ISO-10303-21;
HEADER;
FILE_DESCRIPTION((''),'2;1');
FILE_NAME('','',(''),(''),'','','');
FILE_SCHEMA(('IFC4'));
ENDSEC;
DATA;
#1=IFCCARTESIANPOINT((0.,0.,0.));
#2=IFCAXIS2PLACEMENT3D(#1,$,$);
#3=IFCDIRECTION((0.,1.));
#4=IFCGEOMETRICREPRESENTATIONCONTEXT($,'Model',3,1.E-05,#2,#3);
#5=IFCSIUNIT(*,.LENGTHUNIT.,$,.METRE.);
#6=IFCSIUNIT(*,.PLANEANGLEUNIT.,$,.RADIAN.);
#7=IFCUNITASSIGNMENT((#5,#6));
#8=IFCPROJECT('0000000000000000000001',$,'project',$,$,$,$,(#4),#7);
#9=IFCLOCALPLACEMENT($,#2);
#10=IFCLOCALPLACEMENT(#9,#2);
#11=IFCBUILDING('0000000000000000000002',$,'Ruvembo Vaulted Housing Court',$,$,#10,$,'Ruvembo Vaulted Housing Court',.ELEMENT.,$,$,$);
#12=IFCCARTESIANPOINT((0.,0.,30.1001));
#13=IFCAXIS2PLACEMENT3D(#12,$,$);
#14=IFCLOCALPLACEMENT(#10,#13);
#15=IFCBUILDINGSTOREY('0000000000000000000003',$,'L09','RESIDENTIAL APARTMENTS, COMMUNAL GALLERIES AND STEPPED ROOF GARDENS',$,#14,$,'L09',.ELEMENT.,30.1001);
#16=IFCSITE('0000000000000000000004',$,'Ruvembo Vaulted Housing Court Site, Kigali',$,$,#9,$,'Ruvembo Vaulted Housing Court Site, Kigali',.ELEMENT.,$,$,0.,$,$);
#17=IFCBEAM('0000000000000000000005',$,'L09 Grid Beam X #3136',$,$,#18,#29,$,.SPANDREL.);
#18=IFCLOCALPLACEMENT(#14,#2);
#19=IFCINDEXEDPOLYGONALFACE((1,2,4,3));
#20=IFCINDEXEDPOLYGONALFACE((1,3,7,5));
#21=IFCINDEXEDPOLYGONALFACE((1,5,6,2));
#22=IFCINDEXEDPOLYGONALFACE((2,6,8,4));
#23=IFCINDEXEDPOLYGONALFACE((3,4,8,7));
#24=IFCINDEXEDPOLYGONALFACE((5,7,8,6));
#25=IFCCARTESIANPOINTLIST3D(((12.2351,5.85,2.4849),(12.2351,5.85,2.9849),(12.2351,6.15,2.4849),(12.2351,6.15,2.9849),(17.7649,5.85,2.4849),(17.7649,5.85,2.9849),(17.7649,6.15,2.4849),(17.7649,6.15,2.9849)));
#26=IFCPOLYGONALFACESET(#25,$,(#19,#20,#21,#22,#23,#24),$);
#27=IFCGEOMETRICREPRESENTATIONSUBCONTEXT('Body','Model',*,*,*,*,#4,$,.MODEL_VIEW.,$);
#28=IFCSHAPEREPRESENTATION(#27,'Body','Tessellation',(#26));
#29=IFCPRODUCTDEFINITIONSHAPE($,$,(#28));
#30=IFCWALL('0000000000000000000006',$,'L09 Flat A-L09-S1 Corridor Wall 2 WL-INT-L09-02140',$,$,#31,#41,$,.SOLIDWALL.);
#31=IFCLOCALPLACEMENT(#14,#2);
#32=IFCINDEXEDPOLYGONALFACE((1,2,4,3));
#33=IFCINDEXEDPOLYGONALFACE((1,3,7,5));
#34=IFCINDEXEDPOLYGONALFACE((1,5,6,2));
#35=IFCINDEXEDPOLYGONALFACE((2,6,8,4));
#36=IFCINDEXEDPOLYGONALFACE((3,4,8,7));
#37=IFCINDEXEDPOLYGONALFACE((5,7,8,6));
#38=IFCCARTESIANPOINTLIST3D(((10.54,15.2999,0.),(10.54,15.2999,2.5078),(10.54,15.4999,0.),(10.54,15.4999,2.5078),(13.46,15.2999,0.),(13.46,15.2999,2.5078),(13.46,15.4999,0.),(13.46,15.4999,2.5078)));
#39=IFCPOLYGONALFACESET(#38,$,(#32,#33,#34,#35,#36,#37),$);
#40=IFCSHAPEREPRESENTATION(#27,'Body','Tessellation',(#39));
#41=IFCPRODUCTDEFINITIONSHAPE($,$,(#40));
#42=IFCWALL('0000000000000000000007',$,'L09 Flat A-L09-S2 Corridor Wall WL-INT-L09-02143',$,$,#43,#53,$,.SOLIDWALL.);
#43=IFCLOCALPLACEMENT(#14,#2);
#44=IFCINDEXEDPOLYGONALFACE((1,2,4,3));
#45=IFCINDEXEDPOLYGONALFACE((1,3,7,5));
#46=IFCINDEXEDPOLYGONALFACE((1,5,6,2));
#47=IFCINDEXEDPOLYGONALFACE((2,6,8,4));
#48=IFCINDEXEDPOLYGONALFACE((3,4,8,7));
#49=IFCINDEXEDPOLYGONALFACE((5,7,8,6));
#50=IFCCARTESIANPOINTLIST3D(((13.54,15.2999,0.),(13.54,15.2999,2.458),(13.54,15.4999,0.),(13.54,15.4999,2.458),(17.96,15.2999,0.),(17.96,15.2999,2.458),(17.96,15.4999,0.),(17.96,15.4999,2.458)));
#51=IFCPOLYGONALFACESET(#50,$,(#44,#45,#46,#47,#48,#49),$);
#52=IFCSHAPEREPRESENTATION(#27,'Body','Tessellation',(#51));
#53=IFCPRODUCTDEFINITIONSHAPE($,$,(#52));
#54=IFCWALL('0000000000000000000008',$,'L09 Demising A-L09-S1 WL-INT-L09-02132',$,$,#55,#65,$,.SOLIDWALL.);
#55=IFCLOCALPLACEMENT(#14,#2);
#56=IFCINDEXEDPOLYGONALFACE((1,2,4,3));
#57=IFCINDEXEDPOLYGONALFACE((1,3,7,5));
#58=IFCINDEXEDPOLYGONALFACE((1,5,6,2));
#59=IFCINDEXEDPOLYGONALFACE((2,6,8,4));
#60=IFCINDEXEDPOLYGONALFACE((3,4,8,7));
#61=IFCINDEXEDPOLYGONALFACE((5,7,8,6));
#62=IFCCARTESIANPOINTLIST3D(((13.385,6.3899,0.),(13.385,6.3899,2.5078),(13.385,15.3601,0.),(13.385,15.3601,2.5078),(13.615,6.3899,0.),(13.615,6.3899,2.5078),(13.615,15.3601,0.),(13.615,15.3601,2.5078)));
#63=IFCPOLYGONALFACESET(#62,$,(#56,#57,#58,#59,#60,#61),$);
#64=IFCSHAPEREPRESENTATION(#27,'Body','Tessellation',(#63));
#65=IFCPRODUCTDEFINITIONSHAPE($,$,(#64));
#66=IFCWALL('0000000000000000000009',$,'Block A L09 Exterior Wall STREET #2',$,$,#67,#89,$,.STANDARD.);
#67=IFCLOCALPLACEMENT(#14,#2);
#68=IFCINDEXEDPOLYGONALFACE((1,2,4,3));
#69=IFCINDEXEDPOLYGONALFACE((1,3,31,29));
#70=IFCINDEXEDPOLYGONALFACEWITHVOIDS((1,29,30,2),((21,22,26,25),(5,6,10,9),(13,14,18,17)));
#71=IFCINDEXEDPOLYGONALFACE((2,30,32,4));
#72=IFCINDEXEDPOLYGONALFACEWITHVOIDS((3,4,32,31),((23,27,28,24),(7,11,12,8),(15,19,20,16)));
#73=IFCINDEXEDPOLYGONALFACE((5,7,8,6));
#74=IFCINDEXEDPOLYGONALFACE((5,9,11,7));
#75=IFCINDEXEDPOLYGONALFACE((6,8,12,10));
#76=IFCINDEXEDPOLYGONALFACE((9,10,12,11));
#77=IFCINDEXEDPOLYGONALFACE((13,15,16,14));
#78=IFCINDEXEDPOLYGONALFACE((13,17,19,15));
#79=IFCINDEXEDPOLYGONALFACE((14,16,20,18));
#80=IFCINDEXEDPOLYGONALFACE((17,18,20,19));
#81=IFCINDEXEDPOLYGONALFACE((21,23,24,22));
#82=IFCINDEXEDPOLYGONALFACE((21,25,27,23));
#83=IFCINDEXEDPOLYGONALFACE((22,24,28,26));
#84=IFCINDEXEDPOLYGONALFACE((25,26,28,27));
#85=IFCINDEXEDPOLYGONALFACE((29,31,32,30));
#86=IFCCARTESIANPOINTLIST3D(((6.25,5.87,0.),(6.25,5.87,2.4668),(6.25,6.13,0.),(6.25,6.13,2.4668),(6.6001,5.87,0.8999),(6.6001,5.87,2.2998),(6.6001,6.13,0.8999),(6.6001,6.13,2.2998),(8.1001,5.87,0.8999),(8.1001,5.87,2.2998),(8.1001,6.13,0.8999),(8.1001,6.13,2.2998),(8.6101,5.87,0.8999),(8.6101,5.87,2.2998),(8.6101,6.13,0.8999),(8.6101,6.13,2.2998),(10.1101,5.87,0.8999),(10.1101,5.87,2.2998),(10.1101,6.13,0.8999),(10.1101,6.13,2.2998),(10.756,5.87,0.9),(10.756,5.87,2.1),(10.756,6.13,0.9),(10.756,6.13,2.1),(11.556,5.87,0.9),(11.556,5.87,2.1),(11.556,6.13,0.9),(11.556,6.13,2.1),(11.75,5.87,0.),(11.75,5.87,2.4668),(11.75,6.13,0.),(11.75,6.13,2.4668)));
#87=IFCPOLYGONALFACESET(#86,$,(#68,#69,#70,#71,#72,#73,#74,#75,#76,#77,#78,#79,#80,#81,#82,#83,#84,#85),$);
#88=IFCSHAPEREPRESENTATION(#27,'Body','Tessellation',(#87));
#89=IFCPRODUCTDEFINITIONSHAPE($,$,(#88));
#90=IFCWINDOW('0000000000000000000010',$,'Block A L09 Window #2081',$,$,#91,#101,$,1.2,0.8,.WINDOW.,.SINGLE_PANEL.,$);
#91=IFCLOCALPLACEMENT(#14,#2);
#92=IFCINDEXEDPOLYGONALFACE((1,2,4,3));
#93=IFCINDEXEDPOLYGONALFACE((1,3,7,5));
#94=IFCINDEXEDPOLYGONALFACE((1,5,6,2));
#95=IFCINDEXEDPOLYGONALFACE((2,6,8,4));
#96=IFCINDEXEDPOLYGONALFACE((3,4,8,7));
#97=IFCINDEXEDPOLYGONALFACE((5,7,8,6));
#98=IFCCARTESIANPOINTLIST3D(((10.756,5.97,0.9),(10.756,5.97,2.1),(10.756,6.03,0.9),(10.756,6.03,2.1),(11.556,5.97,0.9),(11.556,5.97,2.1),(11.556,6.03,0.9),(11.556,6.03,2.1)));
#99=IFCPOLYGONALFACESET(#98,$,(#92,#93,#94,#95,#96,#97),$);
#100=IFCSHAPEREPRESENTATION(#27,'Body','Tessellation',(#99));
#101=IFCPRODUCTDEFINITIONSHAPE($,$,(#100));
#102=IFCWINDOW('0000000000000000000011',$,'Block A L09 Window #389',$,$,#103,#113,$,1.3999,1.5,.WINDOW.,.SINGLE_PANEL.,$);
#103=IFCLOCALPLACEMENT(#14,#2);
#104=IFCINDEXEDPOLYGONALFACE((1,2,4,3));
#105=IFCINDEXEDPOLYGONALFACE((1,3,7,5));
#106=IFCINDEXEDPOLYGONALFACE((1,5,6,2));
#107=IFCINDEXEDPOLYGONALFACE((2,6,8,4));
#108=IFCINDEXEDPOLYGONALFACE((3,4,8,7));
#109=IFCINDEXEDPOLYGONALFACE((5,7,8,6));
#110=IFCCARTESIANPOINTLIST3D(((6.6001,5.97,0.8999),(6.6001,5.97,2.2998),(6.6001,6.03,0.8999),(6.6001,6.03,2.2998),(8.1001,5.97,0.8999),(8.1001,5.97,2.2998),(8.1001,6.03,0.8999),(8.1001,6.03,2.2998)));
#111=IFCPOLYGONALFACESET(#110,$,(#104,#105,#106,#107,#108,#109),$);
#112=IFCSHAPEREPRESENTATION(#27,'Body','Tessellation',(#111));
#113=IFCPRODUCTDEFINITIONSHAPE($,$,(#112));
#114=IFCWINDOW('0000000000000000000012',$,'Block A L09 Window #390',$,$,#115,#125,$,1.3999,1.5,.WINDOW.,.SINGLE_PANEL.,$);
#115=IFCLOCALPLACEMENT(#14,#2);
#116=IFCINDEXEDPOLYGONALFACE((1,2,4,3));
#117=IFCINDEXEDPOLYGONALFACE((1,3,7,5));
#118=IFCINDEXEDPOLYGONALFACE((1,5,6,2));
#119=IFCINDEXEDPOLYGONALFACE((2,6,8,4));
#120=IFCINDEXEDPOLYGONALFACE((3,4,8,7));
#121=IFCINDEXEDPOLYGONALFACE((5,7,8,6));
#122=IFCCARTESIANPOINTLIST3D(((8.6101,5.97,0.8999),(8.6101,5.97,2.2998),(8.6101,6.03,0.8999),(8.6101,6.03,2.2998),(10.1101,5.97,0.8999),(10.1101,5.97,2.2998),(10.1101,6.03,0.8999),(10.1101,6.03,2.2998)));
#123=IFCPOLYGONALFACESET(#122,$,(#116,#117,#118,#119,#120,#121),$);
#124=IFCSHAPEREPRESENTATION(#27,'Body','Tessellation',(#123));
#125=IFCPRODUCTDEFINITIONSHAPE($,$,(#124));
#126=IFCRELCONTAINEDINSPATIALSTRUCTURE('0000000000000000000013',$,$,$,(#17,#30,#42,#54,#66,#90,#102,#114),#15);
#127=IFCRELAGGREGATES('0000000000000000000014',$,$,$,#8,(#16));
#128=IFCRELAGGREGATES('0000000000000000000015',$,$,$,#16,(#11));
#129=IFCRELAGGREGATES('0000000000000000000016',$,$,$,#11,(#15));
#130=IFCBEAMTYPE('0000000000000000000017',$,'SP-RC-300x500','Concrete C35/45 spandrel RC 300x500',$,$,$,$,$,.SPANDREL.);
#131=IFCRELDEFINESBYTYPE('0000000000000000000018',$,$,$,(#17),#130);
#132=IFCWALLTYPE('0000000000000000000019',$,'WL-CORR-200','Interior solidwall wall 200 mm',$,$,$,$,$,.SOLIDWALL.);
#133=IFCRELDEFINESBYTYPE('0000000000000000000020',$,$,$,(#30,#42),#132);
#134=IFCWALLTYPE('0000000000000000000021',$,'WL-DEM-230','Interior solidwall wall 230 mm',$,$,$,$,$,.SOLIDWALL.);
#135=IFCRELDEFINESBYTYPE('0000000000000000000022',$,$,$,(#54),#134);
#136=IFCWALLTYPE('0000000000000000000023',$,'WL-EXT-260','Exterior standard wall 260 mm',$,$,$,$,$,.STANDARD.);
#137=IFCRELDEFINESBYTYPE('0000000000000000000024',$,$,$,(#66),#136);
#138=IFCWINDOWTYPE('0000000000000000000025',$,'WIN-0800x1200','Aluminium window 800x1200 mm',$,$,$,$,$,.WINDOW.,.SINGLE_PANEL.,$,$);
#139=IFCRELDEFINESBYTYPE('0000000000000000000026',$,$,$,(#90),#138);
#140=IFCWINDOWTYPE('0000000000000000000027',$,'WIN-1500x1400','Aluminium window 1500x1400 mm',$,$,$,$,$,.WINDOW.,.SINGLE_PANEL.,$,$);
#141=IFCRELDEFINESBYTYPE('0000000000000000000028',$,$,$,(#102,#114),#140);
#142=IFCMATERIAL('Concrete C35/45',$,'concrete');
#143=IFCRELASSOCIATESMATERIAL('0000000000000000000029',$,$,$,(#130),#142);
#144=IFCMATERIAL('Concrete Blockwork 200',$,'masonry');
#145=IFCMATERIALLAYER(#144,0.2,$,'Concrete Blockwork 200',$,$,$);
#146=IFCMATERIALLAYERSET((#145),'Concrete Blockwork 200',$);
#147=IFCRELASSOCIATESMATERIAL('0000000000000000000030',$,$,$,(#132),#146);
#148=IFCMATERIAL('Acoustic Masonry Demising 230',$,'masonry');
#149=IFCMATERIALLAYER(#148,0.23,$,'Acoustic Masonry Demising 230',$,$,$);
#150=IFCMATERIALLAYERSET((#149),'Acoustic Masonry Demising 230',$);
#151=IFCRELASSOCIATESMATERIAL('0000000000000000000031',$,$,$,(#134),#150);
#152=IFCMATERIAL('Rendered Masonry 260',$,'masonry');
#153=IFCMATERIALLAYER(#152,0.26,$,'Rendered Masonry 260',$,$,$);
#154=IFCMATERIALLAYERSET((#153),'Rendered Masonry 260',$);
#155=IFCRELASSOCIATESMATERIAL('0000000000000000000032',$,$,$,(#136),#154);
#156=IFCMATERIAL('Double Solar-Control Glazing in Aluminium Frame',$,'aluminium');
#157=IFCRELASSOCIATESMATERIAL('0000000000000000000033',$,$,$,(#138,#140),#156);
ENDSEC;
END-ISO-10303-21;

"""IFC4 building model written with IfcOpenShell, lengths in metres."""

from ifc_helpers import new_model, si_unit, direction, frame, frame_2d, origin, origin_2d, place, context, subcontext, project, spatial, rectangle, extrude, material, layer, layer_set, material_profile, profile_set, type_object, element, fill, save


model = new_model("IFC4")

# Units and contexts
model_context = context("Model", 3, precision=1e-05, world=origin(), true_north=direction((0.0, 1.0)))
body_context = subcontext(model_context, "Body", "Model", "MODEL_VIEW")
ifc_project = project(units=[si_unit("LENGTHUNIT", "METRE"), si_unit("PLANEANGLEUNIT", "RADIAN")], contexts=[model_context])

# Site, building, storey
site_placement = place(None, origin())
site = spatial("IfcSite", under=ifc_project, at=site_placement, Name="Ruvembo Vaulted Housing Court Site, Kigali", LongName="Ruvembo Vaulted Housing Court Site, Kigali", CompositionType="ELEMENT", RefElevation=0.0)
building_placement = place(site_placement, origin())
building = spatial("IfcBuilding", under=site, at=building_placement, Name="Ruvembo Vaulted Housing Court", LongName="Ruvembo Vaulted Housing Court", CompositionType="ELEMENT")
storey_placement = place(building_placement, frame((0.0, 0.0, 30.1001)))
storey = spatial("IfcBuildingStorey", under=building, at=storey_placement, Name="L09", Description="RESIDENTIAL APARTMENTS, COMMUNAL GALLERIES AND STEPPED ROOF GARDENS", LongName="L09", CompositionType="ELEMENT", Elevation=30.1001)

# Shared definitions
ifc_material_1 = material(Name="Concrete C35/45", Category="concrete")

# Beam
ifc_material_profile_1 = material_profile(ifc_material_1, rectangle(XDim=0.3, YDim=0.5, at=origin_2d()), Name="RC 300x500")
ifc_profile_set_1 = profile_set([ifc_material_profile_1], Name="Concrete C35/45")
beam_type_1 = type_object("IfcBeamType", Name="SP-RC-300x500", Description="Concrete C35/45 spandrel RC 300x500", PredefinedType="SPANDREL", material=ifc_profile_set_1)
for number, where, z_axis, x_axis, name in (
    (1, (12.2351, 6.0, 2.7349), (1.0, 0.0, 0.0), (0.0, 1.0, 0.0), "L09 Grid Beam X #3136"),
):
    element("IfcBeam", number, at=place(storey_placement, frame(where, z_axis=z_axis, x_axis=x_axis)), inside=storey, type_object=beam_type_1, Name=name, PredefinedType="SPANDREL", context=body_context, shape_type="SweptSolid", body=[
        extrude(rectangle(XDim=0.3, YDim=0.5, at=origin_2d()), origin(), (0.0, 0.0, 1.0), 5.5298),
    ])

# Walls
ifc_material_2 = material(Name="Concrete Blockwork 200", Category="masonry")
ifc_layer_1 = layer(ifc_material_2, 0.2, Name="Concrete Blockwork 200")
ifc_layer_set_1 = layer_set([ifc_layer_1], Name="Concrete Blockwork 200")
wall_type_1 = type_object("IfcWallType", Name="WL-CORR-200", Description="Interior solidwall wall 200 mm", PredefinedType="SOLIDWALL", material=ifc_layer_set_1)
wall_1_placement = place(storey_placement, frame((10.54, 15.3999, 0.0), z_axis=(0.0, 0.0, 1.0), x_axis=(1.0, 0.0, 0.0)))
element("IfcWall", 2, at=wall_1_placement, inside=storey, type_object=wall_type_1, Name="L09 Flat A-L09-S1 Corridor Wall 2 WL-INT-L09-02140", PredefinedType="SOLIDWALL", context=body_context, shape_type="SweptSolid", body=[
    extrude(rectangle(XDim=2.9199, YDim=0.2, at=frame_2d((1.46, 0.0))), origin(), (0.0, 0.0, 1.0), 2.5078),
])
wall_2_placement = place(storey_placement, frame((13.54, 15.3999, 0.0), z_axis=(0.0, 0.0, 1.0), x_axis=(1.0, 0.0, 0.0)))
element("IfcWall", 3, at=wall_2_placement, inside=storey, type_object=wall_type_1, Name="L09 Flat A-L09-S2 Corridor Wall WL-INT-L09-02143", PredefinedType="SOLIDWALL", context=body_context, shape_type="SweptSolid", body=[
    extrude(rectangle(XDim=4.4199, YDim=0.2, at=frame_2d((2.21, 0.0))), origin(), (0.0, 0.0, 1.0), 2.458),
])
ifc_material_3 = material(Name="Acoustic Masonry Demising 230", Category="masonry")
ifc_layer_2 = layer(ifc_material_3, 0.23, Name="Acoustic Masonry Demising 230")
ifc_layer_set_2 = layer_set([ifc_layer_2], Name="Acoustic Masonry Demising 230")
wall_type_2 = type_object("IfcWallType", Name="WL-DEM-230", Description="Interior solidwall wall 230 mm", PredefinedType="SOLIDWALL", material=ifc_layer_set_2)
wall_3_placement = place(storey_placement, frame((13.5, 6.3899, 0.0), z_axis=(0.0, 0.0, 1.0), x_axis=(0.0, 1.0, 0.0)))
element("IfcWall", 4, at=wall_3_placement, inside=storey, type_object=wall_type_2, Name="L09 Demising A-L09-S1 WL-INT-L09-02132", PredefinedType="SOLIDWALL", context=body_context, shape_type="SweptSolid", body=[
    extrude(rectangle(XDim=8.9702, YDim=0.23, at=frame_2d((4.4851, 0.0))), origin(), (0.0, 0.0, 1.0), 2.5078),
])

# Wall, openings, windows
ifc_material_4 = material(Name="Rendered Masonry 260", Category="masonry")
ifc_layer_3 = layer(ifc_material_4, 0.26, Name="Rendered Masonry 260")
ifc_layer_set_3 = layer_set([ifc_layer_3], Name="Rendered Masonry 260")
wall_type_3 = type_object("IfcWallType", Name="WL-EXT-260", Description="Exterior standard wall 260 mm", PredefinedType="STANDARD", material=ifc_layer_set_3)
wall_4_placement = place(storey_placement, frame((6.25, 6.0, 0.0), z_axis=(0.0, 0.0, 1.0), x_axis=(1.0, 0.0, 0.0)))
wall_4 = element("IfcWall", 5, at=wall_4_placement, inside=storey, type_object=wall_type_3, Name="Block A L09 Exterior Wall STREET #2", PredefinedType="STANDARD", context=body_context, shape_type="SweptSolid", body=[
    extrude(rectangle(XDim=5.5, YDim=0.26, at=frame_2d((2.75, 0.0))), origin(), (0.0, 0.0, 1.0), 2.4668),
])
opening_1_placement = place(wall_4_placement, frame((0.3501, 0.0, 0.8999)))
opening_1 = element("IfcOpeningElement", 6, at=opening_1_placement, cuts=wall_4, PredefinedType="OPENING", context=body_context, shape_type="SweptSolid", body=[
    extrude(rectangle(XDim=1.5, YDim=1.3999, at=frame_2d((0.75, 0.7))), frame((0.0, 0.1399, 0.0), z_axis=(0.0, -1.0, 0.0), x_axis=(1.0, 0.0, 0.0)), (0.0, 0.0, 1.0), 0.28),
])
opening_2_placement = place(wall_4_placement, frame((2.3601, 0.0, 0.8999)))
opening_2 = element("IfcOpeningElement", 7, at=opening_2_placement, cuts=wall_4, PredefinedType="OPENING", context=body_context, shape_type="SweptSolid", body=[
    extrude(rectangle(XDim=1.5, YDim=1.3999, at=frame_2d((0.75, 0.7))), frame((0.0, 0.1399, 0.0), z_axis=(0.0, -1.0, 0.0), x_axis=(1.0, 0.0, 0.0)), (0.0, 0.0, 1.0), 0.28),
])
opening_3_placement = place(wall_4_placement, frame((4.5061, 0.0, 0.8999)))
opening_3 = element("IfcOpeningElement", 8, at=opening_3_placement, cuts=wall_4, PredefinedType="OPENING", context=body_context, shape_type="SweptSolid", body=[
    extrude(rectangle(XDim=0.8, YDim=1.2, at=frame_2d((0.3999, 0.6001))), frame((0.0, 0.1399, 0.0), z_axis=(0.0, -1.0, 0.0), x_axis=(1.0, 0.0, 0.0)), (0.0, 0.0, 1.0), 0.28),
])
ifc_material_5 = material(Name="Double Solar-Control Glazing in Aluminium Frame", Category="aluminium")
window_type_1 = type_object("IfcWindowType", Name="WIN-0800x1200", Description="Aluminium window 800x1200 mm", PartitioningType="SINGLE_PANEL", PredefinedType="WINDOW", material=ifc_material_5)
window_1_placement = place(opening_3_placement, origin())
window_1 = element("IfcWindow", 9, at=window_1_placement, inside=storey, type_object=window_type_1, Name="Block A L09 Window #2081", OverallHeight=1.2, OverallWidth=0.8, PartitioningType="SINGLE_PANEL", PredefinedType="WINDOW", context=body_context, shape_type="SweptSolid", body=[
    extrude(rectangle(XDim=0.8, YDim=1.2, at=frame_2d((0.3999, 0.6001))), frame((0.0, 0.03, 0.0), z_axis=(0.0, -1.0, 0.0), x_axis=(1.0, 0.0, 0.0)), (0.0, 0.0, 1.0), 0.0601),
])
fill(opening_3, window_1)
window_type_2 = type_object("IfcWindowType", Name="WIN-1500x1400", Description="Aluminium window 1500x1400 mm", PartitioningType="SINGLE_PANEL", PredefinedType="WINDOW", material=ifc_material_5)
window_2_placement = place(opening_1_placement, origin())
window_2 = element("IfcWindow", 10, at=window_2_placement, inside=storey, type_object=window_type_2, Name="Block A L09 Window #389", OverallHeight=1.3999, OverallWidth=1.5, PartitioningType="SINGLE_PANEL", PredefinedType="WINDOW", context=body_context, shape_type="SweptSolid", body=[
    extrude(rectangle(XDim=1.5, YDim=1.3999, at=frame_2d((0.75, 0.7))), frame((0.0, 0.03, 0.0), z_axis=(0.0, -1.0, 0.0), x_axis=(1.0, 0.0, 0.0)), (0.0, 0.0, 1.0), 0.0601),
])
fill(opening_1, window_2)
window_3_placement = place(opening_2_placement, origin())
window_3 = element("IfcWindow", 11, at=window_3_placement, inside=storey, type_object=window_type_2, Name="Block A L09 Window #390", OverallHeight=1.3999, OverallWidth=1.5, PartitioningType="SINGLE_PANEL", PredefinedType="WINDOW", context=body_context, shape_type="SweptSolid", body=[
    extrude(rectangle(XDim=1.5, YDim=1.3999, at=frame_2d((0.75, 0.7))), frame((0.0, 0.03, 0.0), z_axis=(0.0, -1.0, 0.0), x_axis=(1.0, 0.0, 0.0)), (0.0, 0.0, 1.0), 0.0601),
])
fill(opening_2, window_3)

save(model, "model.ifc")
